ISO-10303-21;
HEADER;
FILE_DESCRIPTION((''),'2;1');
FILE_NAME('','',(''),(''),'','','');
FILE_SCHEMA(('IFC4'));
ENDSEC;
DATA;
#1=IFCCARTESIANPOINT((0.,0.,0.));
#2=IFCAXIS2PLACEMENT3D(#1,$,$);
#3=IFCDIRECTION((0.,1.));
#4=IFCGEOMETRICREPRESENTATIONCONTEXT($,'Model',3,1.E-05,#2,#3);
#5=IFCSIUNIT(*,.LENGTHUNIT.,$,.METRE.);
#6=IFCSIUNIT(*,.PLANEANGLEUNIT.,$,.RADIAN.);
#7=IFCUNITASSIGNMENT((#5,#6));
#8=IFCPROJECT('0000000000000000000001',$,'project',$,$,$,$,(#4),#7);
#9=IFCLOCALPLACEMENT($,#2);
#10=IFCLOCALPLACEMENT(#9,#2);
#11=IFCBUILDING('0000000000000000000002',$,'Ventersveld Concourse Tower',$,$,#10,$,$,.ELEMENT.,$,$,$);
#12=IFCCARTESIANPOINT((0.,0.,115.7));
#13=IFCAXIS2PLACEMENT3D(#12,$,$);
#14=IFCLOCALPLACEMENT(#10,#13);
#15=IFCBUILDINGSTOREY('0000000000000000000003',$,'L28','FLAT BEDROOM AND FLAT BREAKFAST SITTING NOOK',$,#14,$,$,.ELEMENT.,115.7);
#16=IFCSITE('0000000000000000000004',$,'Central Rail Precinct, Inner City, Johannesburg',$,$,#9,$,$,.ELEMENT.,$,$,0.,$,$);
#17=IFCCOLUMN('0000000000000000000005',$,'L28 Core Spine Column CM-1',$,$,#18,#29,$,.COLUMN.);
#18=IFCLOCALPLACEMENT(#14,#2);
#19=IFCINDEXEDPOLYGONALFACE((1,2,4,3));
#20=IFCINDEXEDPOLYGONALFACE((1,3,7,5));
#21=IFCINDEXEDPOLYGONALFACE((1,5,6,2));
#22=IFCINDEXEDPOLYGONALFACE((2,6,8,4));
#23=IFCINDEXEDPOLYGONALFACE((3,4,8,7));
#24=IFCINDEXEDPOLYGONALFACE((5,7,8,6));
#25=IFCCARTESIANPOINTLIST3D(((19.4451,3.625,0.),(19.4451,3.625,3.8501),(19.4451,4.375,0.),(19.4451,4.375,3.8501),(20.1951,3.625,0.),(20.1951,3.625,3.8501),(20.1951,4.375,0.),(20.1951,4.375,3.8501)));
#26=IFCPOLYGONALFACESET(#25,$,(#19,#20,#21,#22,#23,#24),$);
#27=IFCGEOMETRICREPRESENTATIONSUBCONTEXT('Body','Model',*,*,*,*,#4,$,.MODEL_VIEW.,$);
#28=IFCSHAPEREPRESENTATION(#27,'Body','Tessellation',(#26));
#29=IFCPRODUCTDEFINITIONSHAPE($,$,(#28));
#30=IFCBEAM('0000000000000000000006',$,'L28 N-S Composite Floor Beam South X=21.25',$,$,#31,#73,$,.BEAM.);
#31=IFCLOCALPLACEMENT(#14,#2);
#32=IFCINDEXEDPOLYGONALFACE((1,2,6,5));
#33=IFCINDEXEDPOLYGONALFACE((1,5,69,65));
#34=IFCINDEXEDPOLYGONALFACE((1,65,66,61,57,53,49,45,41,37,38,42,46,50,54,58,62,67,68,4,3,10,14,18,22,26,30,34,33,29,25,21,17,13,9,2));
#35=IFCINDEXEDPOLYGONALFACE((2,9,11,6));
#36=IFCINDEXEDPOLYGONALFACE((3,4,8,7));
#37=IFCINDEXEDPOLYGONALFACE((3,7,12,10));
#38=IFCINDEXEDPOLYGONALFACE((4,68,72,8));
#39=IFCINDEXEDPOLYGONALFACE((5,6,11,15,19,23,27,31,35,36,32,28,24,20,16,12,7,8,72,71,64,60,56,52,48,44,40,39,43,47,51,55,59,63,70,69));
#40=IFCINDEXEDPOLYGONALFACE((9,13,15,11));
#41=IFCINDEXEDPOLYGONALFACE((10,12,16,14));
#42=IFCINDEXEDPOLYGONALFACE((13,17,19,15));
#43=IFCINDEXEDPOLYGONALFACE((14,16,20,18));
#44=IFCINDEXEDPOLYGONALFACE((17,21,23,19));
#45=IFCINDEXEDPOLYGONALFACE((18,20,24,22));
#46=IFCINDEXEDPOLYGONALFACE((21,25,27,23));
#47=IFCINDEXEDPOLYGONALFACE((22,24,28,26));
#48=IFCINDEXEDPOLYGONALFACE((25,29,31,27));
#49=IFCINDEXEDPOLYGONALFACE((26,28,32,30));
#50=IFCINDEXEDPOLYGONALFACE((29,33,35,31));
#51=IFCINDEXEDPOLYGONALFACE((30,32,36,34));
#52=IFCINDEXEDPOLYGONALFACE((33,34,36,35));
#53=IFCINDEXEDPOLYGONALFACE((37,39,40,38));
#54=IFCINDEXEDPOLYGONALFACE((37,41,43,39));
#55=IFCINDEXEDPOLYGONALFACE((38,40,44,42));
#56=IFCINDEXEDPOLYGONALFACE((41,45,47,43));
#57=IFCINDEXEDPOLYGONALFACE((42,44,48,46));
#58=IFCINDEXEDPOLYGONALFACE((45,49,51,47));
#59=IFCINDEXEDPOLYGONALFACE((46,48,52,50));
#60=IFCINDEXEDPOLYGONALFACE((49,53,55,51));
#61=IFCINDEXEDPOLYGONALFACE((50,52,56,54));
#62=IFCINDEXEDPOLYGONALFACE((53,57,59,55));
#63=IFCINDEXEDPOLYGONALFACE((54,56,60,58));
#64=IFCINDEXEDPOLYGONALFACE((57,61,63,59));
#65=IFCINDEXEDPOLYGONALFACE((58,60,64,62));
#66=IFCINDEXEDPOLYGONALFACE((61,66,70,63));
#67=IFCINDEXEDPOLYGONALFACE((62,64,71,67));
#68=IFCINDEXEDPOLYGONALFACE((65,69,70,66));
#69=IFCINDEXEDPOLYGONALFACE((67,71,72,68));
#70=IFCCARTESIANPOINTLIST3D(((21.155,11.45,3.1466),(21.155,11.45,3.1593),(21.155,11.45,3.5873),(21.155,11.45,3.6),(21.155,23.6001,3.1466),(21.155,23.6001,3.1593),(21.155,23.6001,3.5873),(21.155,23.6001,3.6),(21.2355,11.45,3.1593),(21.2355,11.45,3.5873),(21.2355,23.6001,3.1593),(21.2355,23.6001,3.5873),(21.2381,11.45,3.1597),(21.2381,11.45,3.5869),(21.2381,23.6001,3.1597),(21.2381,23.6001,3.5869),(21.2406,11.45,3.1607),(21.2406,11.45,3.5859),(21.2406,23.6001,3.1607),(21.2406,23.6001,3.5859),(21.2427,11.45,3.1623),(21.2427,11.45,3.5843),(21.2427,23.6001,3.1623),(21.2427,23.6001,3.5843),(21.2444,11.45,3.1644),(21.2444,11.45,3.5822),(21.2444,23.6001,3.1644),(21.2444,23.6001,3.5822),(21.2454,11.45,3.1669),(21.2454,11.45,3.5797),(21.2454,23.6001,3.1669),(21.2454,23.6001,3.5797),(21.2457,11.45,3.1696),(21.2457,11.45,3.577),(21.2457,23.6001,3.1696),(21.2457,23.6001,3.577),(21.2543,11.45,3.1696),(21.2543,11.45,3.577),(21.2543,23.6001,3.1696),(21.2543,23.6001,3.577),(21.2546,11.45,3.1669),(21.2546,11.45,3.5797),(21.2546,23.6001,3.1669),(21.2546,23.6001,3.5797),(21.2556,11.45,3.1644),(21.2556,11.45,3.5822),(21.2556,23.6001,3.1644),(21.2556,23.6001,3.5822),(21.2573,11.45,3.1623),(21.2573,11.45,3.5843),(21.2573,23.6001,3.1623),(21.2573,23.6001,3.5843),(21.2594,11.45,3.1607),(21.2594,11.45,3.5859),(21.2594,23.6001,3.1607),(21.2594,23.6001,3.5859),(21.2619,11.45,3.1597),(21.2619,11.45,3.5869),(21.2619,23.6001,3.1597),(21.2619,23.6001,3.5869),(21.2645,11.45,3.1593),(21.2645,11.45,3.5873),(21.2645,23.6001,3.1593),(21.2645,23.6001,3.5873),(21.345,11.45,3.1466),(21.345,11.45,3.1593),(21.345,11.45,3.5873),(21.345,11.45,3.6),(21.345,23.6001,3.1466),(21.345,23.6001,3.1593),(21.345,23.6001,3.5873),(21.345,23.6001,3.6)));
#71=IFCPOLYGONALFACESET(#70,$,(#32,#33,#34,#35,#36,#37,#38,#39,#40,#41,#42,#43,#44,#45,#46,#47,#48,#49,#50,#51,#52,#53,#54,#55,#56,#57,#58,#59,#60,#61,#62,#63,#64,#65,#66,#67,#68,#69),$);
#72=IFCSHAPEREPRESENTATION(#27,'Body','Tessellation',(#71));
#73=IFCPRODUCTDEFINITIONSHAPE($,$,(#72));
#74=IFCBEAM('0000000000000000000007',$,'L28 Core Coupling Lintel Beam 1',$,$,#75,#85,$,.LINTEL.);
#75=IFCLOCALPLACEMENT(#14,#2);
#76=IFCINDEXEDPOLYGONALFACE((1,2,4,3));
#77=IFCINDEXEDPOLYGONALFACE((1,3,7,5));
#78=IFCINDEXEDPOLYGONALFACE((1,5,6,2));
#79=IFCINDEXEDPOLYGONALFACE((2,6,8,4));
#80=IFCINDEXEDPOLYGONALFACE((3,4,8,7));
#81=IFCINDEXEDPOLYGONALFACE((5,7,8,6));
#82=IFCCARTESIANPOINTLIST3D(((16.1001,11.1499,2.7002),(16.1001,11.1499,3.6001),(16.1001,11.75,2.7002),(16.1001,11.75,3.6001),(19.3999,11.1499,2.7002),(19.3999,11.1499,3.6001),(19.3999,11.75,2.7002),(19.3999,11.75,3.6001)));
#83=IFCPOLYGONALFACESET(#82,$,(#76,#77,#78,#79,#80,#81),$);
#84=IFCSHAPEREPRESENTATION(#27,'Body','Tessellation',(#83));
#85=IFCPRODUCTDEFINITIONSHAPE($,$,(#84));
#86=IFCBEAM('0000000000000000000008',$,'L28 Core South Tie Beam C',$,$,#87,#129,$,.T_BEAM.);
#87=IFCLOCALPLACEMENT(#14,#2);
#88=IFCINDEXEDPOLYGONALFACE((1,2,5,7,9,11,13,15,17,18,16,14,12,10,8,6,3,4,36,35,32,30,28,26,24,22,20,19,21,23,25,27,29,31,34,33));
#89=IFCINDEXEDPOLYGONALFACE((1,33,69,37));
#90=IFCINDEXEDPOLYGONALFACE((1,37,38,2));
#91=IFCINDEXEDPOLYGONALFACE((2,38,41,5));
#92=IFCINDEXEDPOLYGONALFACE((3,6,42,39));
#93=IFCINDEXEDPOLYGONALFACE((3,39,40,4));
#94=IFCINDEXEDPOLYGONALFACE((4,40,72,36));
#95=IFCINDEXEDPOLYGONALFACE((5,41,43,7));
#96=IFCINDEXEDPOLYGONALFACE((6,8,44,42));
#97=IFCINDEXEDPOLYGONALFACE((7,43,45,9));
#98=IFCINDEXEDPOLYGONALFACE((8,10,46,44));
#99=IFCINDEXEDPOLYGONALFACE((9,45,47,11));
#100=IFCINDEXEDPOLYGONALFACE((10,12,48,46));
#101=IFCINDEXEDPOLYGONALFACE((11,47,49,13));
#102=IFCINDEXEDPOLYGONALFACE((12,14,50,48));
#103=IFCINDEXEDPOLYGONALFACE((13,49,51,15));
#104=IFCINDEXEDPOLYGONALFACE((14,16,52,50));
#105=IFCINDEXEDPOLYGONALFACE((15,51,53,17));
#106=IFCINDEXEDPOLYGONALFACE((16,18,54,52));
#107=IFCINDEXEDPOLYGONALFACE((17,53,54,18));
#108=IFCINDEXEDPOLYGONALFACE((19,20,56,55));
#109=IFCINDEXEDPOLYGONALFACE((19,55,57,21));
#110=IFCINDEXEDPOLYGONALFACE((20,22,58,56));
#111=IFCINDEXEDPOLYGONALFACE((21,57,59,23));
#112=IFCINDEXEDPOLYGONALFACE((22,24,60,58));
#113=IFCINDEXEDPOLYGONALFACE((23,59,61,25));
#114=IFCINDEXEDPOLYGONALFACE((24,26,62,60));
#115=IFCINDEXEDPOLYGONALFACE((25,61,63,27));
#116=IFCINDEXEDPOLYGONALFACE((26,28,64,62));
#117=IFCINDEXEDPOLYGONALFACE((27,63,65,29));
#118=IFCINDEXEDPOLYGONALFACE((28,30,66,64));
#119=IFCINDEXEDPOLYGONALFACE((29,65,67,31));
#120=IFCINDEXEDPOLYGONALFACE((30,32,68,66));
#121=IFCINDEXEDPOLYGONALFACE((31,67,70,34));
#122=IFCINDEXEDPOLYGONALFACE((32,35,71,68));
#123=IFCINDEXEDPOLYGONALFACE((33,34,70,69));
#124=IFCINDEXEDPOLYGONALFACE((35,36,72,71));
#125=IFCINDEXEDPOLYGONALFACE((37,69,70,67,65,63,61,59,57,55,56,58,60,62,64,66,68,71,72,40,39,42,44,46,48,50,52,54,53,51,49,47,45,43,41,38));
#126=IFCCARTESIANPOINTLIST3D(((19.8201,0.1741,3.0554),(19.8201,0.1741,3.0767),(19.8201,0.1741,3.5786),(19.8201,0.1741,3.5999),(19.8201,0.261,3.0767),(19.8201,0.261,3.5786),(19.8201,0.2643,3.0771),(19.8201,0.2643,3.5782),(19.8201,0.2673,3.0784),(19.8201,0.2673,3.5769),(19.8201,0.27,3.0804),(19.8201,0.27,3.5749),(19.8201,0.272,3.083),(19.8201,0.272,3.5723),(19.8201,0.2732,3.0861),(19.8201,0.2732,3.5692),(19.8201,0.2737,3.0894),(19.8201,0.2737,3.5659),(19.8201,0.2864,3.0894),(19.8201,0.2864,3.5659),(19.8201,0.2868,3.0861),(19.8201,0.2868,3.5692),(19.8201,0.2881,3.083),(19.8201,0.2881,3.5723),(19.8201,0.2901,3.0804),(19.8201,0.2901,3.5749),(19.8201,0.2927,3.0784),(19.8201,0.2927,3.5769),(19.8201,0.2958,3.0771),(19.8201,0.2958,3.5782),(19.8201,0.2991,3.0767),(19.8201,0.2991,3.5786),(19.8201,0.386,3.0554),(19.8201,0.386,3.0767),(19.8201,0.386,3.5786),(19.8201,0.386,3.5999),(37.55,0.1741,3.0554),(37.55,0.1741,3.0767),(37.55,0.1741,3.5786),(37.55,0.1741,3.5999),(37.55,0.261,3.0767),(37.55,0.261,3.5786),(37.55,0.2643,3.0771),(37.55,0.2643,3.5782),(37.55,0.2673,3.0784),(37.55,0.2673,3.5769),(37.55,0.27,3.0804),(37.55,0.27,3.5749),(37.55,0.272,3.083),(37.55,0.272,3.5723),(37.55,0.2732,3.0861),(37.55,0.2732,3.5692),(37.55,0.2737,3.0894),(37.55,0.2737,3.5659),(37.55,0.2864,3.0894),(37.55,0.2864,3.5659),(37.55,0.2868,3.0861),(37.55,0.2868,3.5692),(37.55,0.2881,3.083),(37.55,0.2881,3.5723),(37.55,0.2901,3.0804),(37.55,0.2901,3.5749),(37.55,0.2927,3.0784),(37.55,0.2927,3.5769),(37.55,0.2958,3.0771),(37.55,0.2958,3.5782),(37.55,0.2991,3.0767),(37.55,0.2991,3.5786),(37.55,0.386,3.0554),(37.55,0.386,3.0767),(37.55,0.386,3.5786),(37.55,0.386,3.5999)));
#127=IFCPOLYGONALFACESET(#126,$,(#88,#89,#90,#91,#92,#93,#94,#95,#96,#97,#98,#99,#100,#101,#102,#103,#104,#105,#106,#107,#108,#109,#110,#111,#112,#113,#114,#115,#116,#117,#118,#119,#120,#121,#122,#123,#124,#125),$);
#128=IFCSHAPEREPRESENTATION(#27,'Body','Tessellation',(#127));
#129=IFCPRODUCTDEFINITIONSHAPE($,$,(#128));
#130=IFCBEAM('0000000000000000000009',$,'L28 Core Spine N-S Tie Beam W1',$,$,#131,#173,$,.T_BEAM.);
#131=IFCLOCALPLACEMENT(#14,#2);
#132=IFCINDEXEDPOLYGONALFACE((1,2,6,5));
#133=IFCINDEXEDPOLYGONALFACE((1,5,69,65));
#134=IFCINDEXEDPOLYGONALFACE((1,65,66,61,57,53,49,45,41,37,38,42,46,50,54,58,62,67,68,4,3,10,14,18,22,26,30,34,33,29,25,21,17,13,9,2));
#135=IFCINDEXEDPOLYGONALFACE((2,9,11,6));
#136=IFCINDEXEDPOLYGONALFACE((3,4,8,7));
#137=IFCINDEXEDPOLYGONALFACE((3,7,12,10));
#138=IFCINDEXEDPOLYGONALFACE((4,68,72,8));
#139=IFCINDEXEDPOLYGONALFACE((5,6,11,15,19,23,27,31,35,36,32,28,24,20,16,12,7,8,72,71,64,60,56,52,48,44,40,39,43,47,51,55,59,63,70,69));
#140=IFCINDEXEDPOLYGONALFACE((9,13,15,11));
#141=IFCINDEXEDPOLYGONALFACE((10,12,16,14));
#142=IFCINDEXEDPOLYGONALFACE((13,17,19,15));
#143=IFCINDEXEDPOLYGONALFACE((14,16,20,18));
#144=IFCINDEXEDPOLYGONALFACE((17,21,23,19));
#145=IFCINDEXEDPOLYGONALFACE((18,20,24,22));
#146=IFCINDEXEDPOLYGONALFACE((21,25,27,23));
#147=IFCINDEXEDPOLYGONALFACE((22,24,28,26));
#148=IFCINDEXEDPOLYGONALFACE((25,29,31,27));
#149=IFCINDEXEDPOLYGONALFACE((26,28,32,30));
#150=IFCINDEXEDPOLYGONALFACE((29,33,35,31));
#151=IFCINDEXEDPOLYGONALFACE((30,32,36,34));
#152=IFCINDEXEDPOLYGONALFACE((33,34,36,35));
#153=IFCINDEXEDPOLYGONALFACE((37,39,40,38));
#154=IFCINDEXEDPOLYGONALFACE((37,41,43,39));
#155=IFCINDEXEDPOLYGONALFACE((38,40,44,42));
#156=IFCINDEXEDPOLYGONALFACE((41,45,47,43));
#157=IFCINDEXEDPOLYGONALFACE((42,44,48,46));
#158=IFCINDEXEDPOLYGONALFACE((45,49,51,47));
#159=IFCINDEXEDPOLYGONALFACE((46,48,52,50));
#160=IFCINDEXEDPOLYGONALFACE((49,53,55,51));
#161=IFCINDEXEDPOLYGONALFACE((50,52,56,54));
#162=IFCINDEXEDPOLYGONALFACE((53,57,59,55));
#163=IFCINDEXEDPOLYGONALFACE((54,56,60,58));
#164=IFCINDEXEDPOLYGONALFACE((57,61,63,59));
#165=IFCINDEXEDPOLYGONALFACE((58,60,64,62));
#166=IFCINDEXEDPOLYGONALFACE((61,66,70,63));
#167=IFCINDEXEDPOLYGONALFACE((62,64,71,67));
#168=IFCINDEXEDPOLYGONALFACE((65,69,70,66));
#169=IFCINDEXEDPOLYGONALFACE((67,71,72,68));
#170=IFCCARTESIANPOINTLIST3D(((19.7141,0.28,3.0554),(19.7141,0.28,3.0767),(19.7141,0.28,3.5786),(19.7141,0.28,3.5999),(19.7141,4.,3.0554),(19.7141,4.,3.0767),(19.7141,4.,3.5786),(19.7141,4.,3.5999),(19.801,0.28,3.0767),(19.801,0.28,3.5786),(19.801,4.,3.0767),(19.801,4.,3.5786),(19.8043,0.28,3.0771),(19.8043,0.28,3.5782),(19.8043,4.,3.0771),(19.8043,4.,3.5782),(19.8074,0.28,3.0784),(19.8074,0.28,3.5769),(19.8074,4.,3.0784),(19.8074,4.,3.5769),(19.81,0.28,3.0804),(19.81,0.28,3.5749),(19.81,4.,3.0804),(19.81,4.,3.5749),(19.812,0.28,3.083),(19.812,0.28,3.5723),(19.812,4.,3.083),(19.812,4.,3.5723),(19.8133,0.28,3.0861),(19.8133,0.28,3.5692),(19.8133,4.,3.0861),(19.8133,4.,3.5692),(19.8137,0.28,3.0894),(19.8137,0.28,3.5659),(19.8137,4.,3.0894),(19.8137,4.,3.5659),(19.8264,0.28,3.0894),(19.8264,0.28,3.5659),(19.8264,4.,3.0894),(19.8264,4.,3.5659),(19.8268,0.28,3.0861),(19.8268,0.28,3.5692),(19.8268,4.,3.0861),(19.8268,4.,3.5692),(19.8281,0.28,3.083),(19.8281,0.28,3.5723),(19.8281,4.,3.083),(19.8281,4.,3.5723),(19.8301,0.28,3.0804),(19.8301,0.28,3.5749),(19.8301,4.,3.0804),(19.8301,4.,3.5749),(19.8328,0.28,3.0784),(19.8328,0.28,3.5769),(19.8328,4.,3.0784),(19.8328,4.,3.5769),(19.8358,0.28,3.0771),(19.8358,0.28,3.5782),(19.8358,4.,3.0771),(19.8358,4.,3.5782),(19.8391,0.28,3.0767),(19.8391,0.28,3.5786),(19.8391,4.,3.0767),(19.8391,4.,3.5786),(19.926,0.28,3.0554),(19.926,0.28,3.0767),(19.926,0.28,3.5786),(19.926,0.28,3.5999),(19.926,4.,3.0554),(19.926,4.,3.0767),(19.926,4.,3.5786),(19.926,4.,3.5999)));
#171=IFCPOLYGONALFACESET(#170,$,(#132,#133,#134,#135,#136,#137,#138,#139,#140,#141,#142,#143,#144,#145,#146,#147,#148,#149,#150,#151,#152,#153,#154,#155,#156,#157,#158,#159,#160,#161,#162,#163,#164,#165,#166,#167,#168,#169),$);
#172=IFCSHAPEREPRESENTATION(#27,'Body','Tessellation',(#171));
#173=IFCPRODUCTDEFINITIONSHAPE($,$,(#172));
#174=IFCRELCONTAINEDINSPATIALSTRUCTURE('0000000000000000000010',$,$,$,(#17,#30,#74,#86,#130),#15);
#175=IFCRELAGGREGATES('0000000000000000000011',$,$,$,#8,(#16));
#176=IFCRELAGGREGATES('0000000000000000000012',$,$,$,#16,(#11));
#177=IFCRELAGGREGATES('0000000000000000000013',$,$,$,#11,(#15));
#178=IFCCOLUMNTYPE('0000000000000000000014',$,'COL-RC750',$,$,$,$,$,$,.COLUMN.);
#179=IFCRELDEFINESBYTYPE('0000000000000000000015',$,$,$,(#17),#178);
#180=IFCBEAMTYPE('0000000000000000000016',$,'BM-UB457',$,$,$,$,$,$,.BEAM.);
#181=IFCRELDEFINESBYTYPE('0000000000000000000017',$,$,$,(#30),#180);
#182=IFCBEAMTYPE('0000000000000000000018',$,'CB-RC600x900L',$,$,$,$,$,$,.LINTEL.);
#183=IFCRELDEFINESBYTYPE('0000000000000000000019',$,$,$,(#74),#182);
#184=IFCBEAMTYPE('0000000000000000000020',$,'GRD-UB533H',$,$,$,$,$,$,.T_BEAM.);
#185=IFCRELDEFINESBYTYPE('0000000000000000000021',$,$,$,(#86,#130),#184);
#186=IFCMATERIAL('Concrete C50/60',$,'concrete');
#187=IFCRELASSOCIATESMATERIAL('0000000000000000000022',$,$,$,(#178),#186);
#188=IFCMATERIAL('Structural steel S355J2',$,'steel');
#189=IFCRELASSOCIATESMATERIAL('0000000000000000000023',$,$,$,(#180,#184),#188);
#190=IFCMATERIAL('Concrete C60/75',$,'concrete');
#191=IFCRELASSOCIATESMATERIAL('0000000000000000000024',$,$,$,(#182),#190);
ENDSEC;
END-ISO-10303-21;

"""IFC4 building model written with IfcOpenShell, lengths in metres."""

from ifc_helpers import new_model, si_unit, direction, frame, origin, origin_2d, place, context, subcontext, project, spatial, rectangle, i_section, extrude, material, material_profile, profile_set, type_object, element, save


model = new_model("IFC4")

# Units and contexts
model_context = context("Model", 3, precision=1e-05, world=origin(), true_north=direction((0.0, 1.0)))
body_context = subcontext(model_context, "Body", "Model", "MODEL_VIEW")
ifc_project = project(units=[si_unit("LENGTHUNIT", "METRE"), si_unit("PLANEANGLEUNIT", "RADIAN")], contexts=[model_context])

# Site, building, storey
site_placement = place(None, origin())
site = spatial("IfcSite", under=ifc_project, at=site_placement, Name="Central Rail Precinct, Inner City, Johannesburg", CompositionType="ELEMENT", RefElevation=0.0)
building_placement = place(site_placement, origin())
building = spatial("IfcBuilding", under=site, at=building_placement, Name="Ventersveld Concourse Tower", CompositionType="ELEMENT")
storey_placement = place(building_placement, frame((0.0, 0.0, 115.7)))
storey = spatial("IfcBuildingStorey", under=building, at=storey_placement, Name="L28", Description="FLAT BEDROOM AND FLAT BREAKFAST SITTING NOOK", CompositionType="ELEMENT", Elevation=115.7)

# Column
ifc_material_1 = material(Name="Concrete C50/60", Category="concrete")
ifc_material_profile_1 = material_profile(ifc_material_1, rectangle(XDim=0.75, YDim=0.75, at=origin_2d()), Name="RC 750x750")
ifc_profile_set_1 = profile_set([ifc_material_profile_1], Name="Concrete C50/60")
column_type = type_object("IfcColumnType", Name="COL-RC750", PredefinedType="COLUMN", material=ifc_profile_set_1)
column_placement = place(storey_placement, frame((19.8201, 4.0, 0.0), z_axis=(0.0, 0.0, 1.0), x_axis=(1.0, 0.0, 0.0)))
element("IfcColumn", 1, at=column_placement, inside=storey, type_object=column_type, Name="L28 Core Spine Column CM-1", PredefinedType="COLUMN", context=body_context, shape_type="SweptSolid", body=[
    extrude(rectangle(XDim=0.75, YDim=0.75, at=origin_2d()), origin(), (0.0, 0.0, 1.0), 3.8501),
])

# Beams
ifc_material_2 = material(Name="Structural steel S355J2", Category="steel")
ifc_material_profile_2 = material_profile(ifc_material_2, i_section(OverallWidth=0.1899, OverallDepth=0.4534, WebThickness=0.0085, FlangeThickness=0.0127, FilletRadius=0.0103, at=origin_2d()), Name="UB 457x191x67")
ifc_profile_set_2 = profile_set([ifc_material_profile_2], Name="Structural steel S355J2")
beam_type_1 = type_object("IfcBeamType", Name="BM-UB457", PredefinedType="BEAM", material=ifc_profile_set_2)
beam_1_placement = place(storey_placement, frame((21.25, 11.45, 3.3733), z_axis=(0.0, 1.0, 0.0), x_axis=(-1.0, 0.0, 0.0)))
element("IfcBeam", 2, at=beam_1_placement, inside=storey, type_object=beam_type_1, Name="L28 N-S Composite Floor Beam South X=21.25", PredefinedType="BEAM", context=body_context, shape_type="SweptSolid", body=[
    extrude(i_section(OverallWidth=0.1899, OverallDepth=0.4534, WebThickness=0.0085, FlangeThickness=0.0127, FilletRadius=0.0103, at=origin_2d()), origin(), (0.0, 0.0, 1.0), 12.1501),
])
ifc_material_3 = material(Name="Concrete C60/75", Category="concrete")
ifc_material_profile_3 = material_profile(ifc_material_3, rectangle(XDim=0.6001, YDim=0.8999, at=origin_2d()), Name="RC 600x900")
ifc_profile_set_3 = profile_set([ifc_material_profile_3], Name="Concrete C60/75")
beam_type_2 = type_object("IfcBeamType", Name="CB-RC600x900L", PredefinedType="LINTEL", material=ifc_profile_set_3)
beam_2_placement = place(storey_placement, frame((16.1001, 11.45, 3.1501), z_axis=(1.0, 0.0, 0.0), x_axis=(0.0, 1.0, 0.0)))
element("IfcBeam", 3, at=beam_2_placement, inside=storey, type_object=beam_type_2, Name="L28 Core Coupling Lintel Beam 1", PredefinedType="LINTEL", context=body_context, shape_type="SweptSolid", body=[
    extrude(rectangle(XDim=0.6001, YDim=0.8999, at=origin_2d()), origin(), (0.0, 0.0, 1.0), 3.2998),
])
ifc_material_profile_4 = material_profile(ifc_material_2, i_section(OverallWidth=0.2119, OverallDepth=0.5444, WebThickness=0.0127, FlangeThickness=0.0212, FilletRadius=0.0127, at=origin_2d()), Name="UB 533x210x122")
ifc_profile_set_4 = profile_set([ifc_material_profile_4], Name="Structural steel S355J2")
beam_type_3 = type_object("IfcBeamType", Name="GRD-UB533H", PredefinedType="T_BEAM", material=ifc_profile_set_4)
beam_3_placement = place(storey_placement, frame((19.8201, 0.28, 3.3276), z_axis=(1.0, 0.0, 0.0), x_axis=(0.0, 1.0, 0.0)))
element("IfcBeam", 4, at=beam_3_placement, inside=storey, type_object=beam_type_3, Name="L28 Core South Tie Beam C", PredefinedType="T_BEAM", context=body_context, shape_type="SweptSolid", body=[
    extrude(i_section(OverallWidth=0.2119, OverallDepth=0.5444, WebThickness=0.0127, FlangeThickness=0.0212, FilletRadius=0.0127, at=origin_2d()), origin(), (0.0, 0.0, 1.0), 17.73),
])
beam_4_placement = place(storey_placement, frame((19.8201, 0.28, 3.3276), z_axis=(0.0, 1.0, 0.0), x_axis=(-1.0, 0.0, 0.0)))
element("IfcBeam", 5, at=beam_4_placement, inside=storey, type_object=beam_type_3, Name="L28 Core Spine N-S Tie Beam W1", PredefinedType="T_BEAM", context=body_context, shape_type="SweptSolid", body=[
    extrude(i_section(OverallWidth=0.2119, OverallDepth=0.5444, WebThickness=0.0127, FlangeThickness=0.0212, FilletRadius=0.0127, at=origin_2d()), origin(), (0.0, 0.0, 1.0), 3.72),
])

save(model, "model.ifc")
